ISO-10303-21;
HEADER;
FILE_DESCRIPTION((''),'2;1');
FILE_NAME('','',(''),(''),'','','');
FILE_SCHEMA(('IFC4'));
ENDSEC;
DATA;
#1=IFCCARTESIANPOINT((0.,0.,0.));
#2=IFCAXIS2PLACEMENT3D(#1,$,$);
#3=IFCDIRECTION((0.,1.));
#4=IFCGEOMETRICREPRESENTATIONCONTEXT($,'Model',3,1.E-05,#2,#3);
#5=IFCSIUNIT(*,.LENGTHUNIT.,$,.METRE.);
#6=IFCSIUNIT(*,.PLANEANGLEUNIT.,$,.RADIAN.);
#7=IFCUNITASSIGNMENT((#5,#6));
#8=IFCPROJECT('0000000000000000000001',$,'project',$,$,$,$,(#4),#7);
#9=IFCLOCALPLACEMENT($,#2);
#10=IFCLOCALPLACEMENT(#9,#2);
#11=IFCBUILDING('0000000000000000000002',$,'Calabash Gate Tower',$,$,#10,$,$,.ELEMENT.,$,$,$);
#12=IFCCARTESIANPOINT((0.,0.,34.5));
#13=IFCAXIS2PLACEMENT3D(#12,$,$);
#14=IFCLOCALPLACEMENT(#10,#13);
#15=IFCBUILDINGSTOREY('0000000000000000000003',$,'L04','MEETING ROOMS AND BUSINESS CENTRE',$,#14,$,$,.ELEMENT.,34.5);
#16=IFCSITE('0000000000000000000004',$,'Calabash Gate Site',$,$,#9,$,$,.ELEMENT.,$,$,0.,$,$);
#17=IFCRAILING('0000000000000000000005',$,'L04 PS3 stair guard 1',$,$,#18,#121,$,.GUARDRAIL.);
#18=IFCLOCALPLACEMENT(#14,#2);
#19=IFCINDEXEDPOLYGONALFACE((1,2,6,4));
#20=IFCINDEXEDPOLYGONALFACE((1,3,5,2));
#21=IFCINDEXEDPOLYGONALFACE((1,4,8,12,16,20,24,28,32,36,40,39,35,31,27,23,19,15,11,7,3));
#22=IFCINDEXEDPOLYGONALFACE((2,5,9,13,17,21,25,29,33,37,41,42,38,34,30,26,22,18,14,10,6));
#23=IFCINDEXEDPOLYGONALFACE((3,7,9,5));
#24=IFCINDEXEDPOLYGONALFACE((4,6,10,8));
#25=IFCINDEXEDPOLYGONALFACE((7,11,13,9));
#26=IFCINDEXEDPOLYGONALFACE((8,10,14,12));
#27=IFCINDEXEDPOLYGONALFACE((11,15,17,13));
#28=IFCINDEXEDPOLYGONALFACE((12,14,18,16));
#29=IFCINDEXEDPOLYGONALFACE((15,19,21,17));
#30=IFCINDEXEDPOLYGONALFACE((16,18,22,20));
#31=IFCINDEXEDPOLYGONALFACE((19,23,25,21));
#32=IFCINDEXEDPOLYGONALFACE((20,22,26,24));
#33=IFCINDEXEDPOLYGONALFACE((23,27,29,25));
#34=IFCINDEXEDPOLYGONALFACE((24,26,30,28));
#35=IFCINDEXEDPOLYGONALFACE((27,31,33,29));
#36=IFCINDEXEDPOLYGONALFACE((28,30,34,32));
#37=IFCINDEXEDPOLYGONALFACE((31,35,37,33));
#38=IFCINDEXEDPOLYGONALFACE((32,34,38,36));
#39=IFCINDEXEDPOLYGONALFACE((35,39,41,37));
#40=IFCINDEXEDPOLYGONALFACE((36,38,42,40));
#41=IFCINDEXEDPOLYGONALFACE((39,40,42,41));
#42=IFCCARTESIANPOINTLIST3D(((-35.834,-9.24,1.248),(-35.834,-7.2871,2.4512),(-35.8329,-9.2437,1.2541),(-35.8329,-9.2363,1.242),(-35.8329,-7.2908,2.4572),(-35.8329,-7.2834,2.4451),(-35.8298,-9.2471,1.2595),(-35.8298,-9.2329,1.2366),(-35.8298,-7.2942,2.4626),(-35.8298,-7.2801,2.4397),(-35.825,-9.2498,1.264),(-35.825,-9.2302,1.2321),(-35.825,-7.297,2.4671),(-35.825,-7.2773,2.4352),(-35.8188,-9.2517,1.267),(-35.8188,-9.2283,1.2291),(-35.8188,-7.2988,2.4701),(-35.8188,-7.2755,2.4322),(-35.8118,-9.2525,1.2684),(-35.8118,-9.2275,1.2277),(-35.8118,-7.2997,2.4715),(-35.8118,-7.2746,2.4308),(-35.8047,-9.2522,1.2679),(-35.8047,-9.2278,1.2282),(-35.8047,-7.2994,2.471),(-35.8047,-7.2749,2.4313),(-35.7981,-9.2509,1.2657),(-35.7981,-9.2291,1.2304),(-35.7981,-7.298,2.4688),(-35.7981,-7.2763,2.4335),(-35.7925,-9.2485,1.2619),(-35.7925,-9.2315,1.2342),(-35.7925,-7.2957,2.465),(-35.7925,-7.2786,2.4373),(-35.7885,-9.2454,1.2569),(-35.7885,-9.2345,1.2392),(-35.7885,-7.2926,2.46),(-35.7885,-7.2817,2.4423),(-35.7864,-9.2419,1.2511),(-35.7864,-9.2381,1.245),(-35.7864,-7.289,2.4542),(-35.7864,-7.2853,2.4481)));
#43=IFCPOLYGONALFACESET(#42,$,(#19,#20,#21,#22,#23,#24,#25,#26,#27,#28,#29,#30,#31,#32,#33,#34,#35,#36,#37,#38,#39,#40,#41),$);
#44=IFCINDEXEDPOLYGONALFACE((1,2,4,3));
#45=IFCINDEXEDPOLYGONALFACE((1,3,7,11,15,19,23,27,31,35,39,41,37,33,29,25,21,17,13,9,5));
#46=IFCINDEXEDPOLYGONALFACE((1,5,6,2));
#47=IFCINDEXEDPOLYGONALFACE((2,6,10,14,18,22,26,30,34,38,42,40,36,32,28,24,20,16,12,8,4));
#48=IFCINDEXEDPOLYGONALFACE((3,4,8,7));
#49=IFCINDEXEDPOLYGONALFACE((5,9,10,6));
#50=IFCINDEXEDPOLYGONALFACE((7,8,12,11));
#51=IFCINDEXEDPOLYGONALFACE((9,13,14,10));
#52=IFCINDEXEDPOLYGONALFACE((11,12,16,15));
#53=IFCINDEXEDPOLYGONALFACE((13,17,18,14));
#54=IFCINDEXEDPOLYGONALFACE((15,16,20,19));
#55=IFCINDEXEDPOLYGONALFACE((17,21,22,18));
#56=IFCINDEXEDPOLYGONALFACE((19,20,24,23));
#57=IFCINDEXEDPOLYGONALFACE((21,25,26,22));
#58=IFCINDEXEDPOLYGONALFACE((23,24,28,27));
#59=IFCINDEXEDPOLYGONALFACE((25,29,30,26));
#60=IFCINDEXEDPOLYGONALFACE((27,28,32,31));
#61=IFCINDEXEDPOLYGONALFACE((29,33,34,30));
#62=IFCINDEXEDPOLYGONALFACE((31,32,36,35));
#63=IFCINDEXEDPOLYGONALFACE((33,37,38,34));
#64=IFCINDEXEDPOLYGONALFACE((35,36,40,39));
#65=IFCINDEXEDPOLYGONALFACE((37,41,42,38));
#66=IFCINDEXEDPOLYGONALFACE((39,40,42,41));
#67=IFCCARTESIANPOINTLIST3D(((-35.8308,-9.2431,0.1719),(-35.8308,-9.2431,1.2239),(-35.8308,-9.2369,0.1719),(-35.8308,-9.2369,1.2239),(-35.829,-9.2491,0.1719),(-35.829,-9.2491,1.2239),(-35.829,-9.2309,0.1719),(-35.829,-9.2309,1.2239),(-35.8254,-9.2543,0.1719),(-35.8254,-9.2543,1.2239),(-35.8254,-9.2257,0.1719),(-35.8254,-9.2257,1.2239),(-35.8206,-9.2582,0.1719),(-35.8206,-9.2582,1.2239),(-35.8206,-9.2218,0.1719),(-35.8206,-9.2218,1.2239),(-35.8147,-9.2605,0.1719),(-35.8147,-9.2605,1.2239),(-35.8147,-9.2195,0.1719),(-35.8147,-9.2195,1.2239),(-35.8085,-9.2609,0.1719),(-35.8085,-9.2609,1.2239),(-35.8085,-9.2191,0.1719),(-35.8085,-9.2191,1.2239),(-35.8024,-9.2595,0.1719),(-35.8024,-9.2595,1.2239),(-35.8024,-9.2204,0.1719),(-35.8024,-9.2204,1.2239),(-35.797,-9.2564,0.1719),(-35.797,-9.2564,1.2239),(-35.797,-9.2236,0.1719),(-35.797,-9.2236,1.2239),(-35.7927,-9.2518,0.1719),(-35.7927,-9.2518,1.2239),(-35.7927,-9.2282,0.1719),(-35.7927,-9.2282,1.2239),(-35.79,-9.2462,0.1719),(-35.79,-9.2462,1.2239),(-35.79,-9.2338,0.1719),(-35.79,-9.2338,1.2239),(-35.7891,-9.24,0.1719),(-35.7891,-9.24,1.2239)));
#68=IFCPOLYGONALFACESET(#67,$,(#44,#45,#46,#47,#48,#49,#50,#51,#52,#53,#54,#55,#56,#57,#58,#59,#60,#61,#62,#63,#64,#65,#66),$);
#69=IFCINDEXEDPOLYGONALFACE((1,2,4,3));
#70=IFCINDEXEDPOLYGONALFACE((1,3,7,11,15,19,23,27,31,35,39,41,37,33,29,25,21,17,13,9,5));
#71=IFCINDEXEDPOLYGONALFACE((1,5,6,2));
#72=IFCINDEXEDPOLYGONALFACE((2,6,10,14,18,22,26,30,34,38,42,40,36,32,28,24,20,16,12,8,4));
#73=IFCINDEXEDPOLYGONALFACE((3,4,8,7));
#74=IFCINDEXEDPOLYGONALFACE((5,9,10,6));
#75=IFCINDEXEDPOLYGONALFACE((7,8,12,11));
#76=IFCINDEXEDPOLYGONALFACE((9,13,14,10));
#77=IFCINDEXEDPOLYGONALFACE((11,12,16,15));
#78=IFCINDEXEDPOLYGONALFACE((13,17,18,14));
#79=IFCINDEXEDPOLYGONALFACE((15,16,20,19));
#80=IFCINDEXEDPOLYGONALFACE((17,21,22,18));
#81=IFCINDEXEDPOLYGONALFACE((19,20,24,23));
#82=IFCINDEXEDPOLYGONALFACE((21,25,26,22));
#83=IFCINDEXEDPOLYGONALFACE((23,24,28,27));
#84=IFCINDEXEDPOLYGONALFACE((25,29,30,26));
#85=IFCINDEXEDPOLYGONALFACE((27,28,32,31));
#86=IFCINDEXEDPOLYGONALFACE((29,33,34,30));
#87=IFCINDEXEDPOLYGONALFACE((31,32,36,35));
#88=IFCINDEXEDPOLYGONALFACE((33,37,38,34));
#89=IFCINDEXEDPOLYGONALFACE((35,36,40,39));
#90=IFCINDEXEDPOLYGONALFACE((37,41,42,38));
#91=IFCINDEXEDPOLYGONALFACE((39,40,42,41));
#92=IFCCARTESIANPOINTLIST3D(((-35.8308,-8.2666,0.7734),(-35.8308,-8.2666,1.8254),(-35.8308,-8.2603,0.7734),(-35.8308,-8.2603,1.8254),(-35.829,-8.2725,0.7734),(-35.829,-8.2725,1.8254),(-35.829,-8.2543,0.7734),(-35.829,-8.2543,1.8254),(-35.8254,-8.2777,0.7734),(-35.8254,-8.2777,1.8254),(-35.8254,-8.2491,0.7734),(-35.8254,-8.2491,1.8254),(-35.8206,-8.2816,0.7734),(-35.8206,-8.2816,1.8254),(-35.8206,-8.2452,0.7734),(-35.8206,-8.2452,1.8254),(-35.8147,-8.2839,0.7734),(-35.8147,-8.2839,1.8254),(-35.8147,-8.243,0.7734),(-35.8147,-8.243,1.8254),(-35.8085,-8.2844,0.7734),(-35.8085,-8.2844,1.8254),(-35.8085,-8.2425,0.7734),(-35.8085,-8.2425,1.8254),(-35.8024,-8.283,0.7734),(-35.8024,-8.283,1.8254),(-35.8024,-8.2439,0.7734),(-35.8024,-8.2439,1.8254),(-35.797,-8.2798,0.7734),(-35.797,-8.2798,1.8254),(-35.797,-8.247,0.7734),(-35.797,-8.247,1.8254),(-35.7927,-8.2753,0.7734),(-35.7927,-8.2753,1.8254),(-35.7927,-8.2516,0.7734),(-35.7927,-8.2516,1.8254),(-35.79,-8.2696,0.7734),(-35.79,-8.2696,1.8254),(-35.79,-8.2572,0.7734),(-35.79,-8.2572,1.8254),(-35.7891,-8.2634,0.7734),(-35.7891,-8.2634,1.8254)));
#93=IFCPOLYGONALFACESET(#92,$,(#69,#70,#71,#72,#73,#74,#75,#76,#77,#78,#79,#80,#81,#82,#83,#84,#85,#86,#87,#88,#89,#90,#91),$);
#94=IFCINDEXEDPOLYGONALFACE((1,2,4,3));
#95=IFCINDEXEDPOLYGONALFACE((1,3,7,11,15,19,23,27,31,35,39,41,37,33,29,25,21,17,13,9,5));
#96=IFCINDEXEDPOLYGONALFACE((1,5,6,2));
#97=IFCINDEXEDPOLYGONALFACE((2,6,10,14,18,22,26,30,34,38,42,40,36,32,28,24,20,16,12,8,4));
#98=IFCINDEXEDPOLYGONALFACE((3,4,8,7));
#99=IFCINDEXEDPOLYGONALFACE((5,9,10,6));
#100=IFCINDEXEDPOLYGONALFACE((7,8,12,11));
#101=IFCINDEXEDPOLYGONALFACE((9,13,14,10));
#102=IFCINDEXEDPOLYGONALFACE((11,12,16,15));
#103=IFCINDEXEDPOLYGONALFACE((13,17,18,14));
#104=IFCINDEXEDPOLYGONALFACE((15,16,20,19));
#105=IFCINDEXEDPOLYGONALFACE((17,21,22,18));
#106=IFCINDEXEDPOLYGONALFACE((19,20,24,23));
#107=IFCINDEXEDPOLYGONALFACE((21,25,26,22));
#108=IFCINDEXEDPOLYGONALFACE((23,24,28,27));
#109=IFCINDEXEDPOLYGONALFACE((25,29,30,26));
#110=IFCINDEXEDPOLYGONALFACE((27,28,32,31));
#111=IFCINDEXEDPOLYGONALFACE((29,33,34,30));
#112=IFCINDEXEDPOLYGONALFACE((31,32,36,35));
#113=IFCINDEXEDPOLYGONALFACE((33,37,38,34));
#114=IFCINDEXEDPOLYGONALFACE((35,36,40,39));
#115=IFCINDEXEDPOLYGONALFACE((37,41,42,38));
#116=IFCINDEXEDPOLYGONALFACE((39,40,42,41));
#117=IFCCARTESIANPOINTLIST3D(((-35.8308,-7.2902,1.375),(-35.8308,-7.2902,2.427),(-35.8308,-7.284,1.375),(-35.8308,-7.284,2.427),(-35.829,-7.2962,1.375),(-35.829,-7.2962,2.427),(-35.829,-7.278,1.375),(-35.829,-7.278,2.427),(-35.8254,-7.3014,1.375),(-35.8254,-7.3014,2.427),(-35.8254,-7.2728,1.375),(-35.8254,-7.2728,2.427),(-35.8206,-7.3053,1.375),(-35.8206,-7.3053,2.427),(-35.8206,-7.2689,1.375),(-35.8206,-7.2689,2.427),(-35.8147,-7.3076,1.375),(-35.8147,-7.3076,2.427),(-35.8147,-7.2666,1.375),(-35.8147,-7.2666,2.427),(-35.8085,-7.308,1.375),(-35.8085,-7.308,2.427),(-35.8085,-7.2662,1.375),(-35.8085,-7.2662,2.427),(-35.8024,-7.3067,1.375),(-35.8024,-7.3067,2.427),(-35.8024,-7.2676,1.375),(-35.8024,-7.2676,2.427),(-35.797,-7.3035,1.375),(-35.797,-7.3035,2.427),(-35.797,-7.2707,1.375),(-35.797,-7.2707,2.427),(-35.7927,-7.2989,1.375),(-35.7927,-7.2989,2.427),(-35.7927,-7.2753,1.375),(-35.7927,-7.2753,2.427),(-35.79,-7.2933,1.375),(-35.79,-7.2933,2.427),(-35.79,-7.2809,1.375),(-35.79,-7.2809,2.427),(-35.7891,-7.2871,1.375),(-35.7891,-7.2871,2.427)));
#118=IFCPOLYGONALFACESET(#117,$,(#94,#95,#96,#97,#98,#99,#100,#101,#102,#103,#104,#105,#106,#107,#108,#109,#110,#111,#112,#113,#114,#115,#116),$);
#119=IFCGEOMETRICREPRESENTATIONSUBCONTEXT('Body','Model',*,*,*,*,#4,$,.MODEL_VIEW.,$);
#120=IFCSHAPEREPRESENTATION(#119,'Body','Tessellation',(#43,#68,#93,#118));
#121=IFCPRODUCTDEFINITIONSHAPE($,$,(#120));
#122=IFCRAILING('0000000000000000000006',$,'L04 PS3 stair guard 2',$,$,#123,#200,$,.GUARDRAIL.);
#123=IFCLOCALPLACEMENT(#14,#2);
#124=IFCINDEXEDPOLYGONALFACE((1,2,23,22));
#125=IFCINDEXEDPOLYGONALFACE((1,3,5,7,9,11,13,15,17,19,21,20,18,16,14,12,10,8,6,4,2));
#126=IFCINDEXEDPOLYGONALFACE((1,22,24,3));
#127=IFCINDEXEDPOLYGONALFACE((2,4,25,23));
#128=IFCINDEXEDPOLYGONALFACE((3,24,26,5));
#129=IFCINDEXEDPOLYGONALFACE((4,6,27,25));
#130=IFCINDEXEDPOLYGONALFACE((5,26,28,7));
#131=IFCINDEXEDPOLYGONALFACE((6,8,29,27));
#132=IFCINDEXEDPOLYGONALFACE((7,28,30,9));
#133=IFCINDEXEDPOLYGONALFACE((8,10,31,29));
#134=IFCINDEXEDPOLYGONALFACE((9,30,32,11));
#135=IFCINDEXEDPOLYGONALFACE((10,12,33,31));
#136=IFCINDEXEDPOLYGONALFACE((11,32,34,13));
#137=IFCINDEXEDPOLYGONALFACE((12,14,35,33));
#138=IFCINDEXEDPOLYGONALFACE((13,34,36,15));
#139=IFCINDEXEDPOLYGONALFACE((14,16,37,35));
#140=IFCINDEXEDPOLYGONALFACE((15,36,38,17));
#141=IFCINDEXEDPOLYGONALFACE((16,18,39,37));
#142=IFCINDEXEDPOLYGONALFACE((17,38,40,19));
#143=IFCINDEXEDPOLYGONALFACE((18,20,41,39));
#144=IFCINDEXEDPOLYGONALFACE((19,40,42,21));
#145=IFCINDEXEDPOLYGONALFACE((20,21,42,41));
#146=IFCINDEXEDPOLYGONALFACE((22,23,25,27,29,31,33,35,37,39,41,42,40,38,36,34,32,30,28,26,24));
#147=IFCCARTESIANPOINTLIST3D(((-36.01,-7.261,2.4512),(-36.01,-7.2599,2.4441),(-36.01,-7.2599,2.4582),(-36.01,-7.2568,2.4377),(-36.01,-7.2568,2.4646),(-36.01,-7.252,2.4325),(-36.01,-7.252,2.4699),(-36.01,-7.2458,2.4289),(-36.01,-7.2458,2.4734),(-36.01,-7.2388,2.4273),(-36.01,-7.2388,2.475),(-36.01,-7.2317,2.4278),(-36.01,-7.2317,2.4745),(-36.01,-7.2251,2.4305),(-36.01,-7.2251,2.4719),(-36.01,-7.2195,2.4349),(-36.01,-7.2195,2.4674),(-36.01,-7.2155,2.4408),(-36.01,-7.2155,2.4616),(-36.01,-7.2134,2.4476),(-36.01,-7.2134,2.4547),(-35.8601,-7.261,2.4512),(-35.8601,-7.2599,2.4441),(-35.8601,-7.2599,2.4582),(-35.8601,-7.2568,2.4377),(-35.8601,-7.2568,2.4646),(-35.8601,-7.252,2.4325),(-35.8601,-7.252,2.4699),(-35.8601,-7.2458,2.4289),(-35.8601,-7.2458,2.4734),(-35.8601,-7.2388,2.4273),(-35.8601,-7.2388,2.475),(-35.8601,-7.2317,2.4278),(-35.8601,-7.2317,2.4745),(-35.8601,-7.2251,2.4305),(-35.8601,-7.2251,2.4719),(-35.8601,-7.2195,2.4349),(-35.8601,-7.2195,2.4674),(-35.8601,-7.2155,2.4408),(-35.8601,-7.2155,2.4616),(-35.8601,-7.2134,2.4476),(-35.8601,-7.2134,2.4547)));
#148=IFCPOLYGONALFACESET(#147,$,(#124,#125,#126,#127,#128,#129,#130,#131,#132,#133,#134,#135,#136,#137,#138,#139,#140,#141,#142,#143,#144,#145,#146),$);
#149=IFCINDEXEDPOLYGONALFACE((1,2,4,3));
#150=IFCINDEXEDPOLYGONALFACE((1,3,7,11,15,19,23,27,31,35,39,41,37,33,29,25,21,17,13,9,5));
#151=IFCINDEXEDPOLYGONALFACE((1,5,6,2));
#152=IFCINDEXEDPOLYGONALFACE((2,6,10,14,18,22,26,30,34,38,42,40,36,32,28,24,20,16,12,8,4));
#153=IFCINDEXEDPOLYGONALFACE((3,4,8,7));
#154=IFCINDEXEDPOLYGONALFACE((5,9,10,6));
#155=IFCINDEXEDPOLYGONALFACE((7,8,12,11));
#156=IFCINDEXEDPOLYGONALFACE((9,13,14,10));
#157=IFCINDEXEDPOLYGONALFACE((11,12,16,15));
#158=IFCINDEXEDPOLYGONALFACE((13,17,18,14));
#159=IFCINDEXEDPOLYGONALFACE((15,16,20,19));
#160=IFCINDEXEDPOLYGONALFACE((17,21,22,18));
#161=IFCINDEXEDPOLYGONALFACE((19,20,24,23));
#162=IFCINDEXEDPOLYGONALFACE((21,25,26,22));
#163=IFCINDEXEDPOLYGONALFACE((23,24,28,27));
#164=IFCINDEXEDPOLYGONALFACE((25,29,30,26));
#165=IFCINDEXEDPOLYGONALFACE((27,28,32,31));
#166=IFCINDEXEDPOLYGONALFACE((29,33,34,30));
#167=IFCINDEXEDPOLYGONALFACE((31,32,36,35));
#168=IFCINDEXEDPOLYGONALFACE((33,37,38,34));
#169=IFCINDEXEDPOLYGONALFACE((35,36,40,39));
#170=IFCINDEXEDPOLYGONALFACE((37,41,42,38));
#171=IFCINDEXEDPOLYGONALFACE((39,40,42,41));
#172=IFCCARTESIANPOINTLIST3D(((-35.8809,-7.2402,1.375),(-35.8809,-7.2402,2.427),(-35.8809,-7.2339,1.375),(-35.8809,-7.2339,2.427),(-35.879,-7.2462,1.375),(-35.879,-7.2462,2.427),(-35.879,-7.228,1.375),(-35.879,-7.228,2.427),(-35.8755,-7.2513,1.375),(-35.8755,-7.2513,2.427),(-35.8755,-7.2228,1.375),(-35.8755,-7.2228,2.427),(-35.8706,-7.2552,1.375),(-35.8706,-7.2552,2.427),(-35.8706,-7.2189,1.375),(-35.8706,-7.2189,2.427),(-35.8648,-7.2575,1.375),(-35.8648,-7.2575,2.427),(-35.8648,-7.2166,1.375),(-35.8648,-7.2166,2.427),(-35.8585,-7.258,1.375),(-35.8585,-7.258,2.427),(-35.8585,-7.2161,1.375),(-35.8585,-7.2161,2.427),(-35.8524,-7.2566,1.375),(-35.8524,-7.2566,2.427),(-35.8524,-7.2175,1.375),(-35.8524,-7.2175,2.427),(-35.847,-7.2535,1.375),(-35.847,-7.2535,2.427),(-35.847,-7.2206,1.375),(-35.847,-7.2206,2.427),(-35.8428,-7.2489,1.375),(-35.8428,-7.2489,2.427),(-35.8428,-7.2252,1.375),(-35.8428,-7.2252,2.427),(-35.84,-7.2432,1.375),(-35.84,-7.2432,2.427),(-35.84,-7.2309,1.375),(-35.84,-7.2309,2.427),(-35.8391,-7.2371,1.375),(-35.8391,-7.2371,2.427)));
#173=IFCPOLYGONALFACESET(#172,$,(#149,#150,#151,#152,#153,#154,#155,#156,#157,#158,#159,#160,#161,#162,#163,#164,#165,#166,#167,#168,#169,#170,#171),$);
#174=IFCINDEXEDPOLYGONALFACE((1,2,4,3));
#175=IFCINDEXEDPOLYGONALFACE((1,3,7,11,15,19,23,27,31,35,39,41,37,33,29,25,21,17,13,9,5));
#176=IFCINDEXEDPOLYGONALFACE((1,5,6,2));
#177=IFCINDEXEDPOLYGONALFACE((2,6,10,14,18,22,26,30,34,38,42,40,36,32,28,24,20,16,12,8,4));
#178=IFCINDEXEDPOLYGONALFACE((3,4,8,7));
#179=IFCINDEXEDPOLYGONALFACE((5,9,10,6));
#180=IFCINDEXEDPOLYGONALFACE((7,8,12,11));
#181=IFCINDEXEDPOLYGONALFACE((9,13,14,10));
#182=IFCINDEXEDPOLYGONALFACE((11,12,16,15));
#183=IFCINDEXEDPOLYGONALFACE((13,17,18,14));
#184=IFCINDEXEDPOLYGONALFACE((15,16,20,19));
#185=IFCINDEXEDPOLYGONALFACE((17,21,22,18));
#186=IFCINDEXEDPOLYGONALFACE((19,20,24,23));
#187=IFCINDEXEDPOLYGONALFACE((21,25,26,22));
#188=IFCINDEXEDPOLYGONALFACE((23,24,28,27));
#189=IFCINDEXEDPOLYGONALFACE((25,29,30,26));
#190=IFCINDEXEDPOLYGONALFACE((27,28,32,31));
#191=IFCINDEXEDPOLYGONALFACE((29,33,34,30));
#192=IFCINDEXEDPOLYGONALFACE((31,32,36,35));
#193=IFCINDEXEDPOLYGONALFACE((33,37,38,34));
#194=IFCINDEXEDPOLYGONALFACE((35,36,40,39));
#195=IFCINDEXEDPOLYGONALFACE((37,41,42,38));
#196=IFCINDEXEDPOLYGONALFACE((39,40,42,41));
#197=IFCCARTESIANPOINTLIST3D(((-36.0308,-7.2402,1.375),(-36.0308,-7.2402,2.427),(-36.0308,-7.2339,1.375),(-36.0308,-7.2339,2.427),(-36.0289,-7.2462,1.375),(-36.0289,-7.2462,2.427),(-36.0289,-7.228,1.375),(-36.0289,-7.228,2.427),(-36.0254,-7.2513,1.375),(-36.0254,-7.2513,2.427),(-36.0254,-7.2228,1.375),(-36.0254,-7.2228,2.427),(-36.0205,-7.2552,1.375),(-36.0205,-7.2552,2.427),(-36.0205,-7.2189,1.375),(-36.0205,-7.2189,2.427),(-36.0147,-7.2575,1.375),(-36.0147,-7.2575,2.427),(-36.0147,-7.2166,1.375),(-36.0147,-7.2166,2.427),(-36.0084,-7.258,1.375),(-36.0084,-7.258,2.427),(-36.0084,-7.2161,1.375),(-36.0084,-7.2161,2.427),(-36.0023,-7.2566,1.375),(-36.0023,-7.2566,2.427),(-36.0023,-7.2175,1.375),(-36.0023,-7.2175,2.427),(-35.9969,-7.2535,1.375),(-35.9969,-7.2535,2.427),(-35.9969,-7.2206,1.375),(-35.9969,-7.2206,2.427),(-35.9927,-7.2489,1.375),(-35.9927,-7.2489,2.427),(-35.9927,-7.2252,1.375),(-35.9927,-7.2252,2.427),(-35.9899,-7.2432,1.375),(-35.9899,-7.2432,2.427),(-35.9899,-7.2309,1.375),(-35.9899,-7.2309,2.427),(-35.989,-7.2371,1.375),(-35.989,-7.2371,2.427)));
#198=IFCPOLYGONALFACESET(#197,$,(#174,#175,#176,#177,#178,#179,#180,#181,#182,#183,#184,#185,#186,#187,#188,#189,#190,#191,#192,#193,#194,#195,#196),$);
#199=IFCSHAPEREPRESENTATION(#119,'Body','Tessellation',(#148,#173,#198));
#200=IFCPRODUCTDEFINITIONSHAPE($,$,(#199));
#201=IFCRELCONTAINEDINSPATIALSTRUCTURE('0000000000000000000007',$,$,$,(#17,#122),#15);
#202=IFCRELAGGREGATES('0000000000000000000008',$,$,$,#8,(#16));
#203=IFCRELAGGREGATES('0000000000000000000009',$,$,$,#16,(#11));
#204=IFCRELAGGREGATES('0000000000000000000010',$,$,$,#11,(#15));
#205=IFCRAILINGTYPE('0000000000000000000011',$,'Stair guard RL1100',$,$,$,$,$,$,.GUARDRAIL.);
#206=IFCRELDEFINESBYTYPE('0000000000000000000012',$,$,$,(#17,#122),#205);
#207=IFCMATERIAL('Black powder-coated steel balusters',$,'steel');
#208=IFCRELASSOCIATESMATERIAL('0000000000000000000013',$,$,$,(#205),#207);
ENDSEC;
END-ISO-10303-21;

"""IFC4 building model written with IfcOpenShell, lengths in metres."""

from ifc_helpers import new_model, si_unit, direction, frame, origin, origin_2d, place, context, subcontext, project, spatial, circle, extrude, material, type_object, element, save


model = new_model("IFC4")

# Units and contexts
model_context = context("Model", 3, precision=1e-05, world=origin(), true_north=direction((0.0, 1.0)))
body_context = subcontext(model_context, "Body", "Model", "MODEL_VIEW")
ifc_project = project(units=[si_unit("LENGTHUNIT", "METRE"), si_unit("PLANEANGLEUNIT", "RADIAN")], contexts=[model_context])

# Site, building, storey
site_placement = place(None, origin())
site = spatial("IfcSite", under=ifc_project, at=site_placement, Name="Calabash Gate Site", CompositionType="ELEMENT", RefElevation=0.0)
building_placement = place(site_placement, origin())
building = spatial("IfcBuilding", under=site, at=building_placement, Name="Calabash Gate Tower", CompositionType="ELEMENT")
storey_placement = place(building_placement, frame((0.0, 0.0, 34.5)))
storey = spatial("IfcBuildingStorey", under=building, at=storey_placement, Name="L04", Description="MEETING ROOMS AND BUSINESS CENTRE", CompositionType="ELEMENT", Elevation=34.5)

# Railings
ifc_material_1 = material(Name="Black powder-coated steel balusters", Category="steel")
railing_type_1 = type_object("IfcRailingType", Name="Stair guard RL1100", PredefinedType="GUARDRAIL", material=ifc_material_1)
railing_1_placement = place(storey_placement, frame((-35.8101, -9.24, 0.1719)))
element("IfcRailing", 1, at=railing_1_placement, inside=storey, type_object=railing_type_1, Name="L04 PS3 stair guard 1", PredefinedType="GUARDRAIL", context=body_context, shape_type="SweptSolid", body=[
    extrude(circle(Radius=0.0239, at=origin_2d()), frame((0.0, 0.0, 1.0762), z_axis=(0.0, 0.851395, 0.524525), x_axis=(-1.0, 0.0, 0.0)), (0.0, 0.0, 1.0), 2.2937),
    extrude(circle(Radius=0.021, at=origin_2d()), origin(), (0.0, 0.0, 1.0), 1.052),
    extrude(circle(Radius=0.021, at=origin_2d()), frame((0.0, 0.9766, 0.6016)), (0.0, 0.0, 1.0), 1.052),
    extrude(circle(Radius=0.021, at=origin_2d()), frame((0.0, 1.9529, 1.2031)), (0.0, 0.0, 1.0), 1.052),
])
railing_2_placement = place(storey_placement, frame((-35.8601, -7.2371, 1.375)))
element("IfcRailing", 2, at=railing_2_placement, inside=storey, type_object=railing_type_1, Name="L04 PS3 stair guard 2", PredefinedType="GUARDRAIL", context=body_context, shape_type="SweptSolid", body=[
    extrude(circle(Radius=0.0239, at=origin_2d()), frame((0.0, 0.0, 1.0762), z_axis=(-1.0, 0.0, 0.0), x_axis=(0.0, -1.0, 0.0)), (0.0, 0.0, 1.0), 0.1499),
    extrude(circle(Radius=0.021, at=origin_2d()), origin(), (0.0, 0.0, 1.0), 1.052),
    extrude(circle(Radius=0.021, at=origin_2d()), frame((-0.1499, 0.0, 0.0)), (0.0, 0.0, 1.0), 1.052),
])

save(model, "model.ifc")
